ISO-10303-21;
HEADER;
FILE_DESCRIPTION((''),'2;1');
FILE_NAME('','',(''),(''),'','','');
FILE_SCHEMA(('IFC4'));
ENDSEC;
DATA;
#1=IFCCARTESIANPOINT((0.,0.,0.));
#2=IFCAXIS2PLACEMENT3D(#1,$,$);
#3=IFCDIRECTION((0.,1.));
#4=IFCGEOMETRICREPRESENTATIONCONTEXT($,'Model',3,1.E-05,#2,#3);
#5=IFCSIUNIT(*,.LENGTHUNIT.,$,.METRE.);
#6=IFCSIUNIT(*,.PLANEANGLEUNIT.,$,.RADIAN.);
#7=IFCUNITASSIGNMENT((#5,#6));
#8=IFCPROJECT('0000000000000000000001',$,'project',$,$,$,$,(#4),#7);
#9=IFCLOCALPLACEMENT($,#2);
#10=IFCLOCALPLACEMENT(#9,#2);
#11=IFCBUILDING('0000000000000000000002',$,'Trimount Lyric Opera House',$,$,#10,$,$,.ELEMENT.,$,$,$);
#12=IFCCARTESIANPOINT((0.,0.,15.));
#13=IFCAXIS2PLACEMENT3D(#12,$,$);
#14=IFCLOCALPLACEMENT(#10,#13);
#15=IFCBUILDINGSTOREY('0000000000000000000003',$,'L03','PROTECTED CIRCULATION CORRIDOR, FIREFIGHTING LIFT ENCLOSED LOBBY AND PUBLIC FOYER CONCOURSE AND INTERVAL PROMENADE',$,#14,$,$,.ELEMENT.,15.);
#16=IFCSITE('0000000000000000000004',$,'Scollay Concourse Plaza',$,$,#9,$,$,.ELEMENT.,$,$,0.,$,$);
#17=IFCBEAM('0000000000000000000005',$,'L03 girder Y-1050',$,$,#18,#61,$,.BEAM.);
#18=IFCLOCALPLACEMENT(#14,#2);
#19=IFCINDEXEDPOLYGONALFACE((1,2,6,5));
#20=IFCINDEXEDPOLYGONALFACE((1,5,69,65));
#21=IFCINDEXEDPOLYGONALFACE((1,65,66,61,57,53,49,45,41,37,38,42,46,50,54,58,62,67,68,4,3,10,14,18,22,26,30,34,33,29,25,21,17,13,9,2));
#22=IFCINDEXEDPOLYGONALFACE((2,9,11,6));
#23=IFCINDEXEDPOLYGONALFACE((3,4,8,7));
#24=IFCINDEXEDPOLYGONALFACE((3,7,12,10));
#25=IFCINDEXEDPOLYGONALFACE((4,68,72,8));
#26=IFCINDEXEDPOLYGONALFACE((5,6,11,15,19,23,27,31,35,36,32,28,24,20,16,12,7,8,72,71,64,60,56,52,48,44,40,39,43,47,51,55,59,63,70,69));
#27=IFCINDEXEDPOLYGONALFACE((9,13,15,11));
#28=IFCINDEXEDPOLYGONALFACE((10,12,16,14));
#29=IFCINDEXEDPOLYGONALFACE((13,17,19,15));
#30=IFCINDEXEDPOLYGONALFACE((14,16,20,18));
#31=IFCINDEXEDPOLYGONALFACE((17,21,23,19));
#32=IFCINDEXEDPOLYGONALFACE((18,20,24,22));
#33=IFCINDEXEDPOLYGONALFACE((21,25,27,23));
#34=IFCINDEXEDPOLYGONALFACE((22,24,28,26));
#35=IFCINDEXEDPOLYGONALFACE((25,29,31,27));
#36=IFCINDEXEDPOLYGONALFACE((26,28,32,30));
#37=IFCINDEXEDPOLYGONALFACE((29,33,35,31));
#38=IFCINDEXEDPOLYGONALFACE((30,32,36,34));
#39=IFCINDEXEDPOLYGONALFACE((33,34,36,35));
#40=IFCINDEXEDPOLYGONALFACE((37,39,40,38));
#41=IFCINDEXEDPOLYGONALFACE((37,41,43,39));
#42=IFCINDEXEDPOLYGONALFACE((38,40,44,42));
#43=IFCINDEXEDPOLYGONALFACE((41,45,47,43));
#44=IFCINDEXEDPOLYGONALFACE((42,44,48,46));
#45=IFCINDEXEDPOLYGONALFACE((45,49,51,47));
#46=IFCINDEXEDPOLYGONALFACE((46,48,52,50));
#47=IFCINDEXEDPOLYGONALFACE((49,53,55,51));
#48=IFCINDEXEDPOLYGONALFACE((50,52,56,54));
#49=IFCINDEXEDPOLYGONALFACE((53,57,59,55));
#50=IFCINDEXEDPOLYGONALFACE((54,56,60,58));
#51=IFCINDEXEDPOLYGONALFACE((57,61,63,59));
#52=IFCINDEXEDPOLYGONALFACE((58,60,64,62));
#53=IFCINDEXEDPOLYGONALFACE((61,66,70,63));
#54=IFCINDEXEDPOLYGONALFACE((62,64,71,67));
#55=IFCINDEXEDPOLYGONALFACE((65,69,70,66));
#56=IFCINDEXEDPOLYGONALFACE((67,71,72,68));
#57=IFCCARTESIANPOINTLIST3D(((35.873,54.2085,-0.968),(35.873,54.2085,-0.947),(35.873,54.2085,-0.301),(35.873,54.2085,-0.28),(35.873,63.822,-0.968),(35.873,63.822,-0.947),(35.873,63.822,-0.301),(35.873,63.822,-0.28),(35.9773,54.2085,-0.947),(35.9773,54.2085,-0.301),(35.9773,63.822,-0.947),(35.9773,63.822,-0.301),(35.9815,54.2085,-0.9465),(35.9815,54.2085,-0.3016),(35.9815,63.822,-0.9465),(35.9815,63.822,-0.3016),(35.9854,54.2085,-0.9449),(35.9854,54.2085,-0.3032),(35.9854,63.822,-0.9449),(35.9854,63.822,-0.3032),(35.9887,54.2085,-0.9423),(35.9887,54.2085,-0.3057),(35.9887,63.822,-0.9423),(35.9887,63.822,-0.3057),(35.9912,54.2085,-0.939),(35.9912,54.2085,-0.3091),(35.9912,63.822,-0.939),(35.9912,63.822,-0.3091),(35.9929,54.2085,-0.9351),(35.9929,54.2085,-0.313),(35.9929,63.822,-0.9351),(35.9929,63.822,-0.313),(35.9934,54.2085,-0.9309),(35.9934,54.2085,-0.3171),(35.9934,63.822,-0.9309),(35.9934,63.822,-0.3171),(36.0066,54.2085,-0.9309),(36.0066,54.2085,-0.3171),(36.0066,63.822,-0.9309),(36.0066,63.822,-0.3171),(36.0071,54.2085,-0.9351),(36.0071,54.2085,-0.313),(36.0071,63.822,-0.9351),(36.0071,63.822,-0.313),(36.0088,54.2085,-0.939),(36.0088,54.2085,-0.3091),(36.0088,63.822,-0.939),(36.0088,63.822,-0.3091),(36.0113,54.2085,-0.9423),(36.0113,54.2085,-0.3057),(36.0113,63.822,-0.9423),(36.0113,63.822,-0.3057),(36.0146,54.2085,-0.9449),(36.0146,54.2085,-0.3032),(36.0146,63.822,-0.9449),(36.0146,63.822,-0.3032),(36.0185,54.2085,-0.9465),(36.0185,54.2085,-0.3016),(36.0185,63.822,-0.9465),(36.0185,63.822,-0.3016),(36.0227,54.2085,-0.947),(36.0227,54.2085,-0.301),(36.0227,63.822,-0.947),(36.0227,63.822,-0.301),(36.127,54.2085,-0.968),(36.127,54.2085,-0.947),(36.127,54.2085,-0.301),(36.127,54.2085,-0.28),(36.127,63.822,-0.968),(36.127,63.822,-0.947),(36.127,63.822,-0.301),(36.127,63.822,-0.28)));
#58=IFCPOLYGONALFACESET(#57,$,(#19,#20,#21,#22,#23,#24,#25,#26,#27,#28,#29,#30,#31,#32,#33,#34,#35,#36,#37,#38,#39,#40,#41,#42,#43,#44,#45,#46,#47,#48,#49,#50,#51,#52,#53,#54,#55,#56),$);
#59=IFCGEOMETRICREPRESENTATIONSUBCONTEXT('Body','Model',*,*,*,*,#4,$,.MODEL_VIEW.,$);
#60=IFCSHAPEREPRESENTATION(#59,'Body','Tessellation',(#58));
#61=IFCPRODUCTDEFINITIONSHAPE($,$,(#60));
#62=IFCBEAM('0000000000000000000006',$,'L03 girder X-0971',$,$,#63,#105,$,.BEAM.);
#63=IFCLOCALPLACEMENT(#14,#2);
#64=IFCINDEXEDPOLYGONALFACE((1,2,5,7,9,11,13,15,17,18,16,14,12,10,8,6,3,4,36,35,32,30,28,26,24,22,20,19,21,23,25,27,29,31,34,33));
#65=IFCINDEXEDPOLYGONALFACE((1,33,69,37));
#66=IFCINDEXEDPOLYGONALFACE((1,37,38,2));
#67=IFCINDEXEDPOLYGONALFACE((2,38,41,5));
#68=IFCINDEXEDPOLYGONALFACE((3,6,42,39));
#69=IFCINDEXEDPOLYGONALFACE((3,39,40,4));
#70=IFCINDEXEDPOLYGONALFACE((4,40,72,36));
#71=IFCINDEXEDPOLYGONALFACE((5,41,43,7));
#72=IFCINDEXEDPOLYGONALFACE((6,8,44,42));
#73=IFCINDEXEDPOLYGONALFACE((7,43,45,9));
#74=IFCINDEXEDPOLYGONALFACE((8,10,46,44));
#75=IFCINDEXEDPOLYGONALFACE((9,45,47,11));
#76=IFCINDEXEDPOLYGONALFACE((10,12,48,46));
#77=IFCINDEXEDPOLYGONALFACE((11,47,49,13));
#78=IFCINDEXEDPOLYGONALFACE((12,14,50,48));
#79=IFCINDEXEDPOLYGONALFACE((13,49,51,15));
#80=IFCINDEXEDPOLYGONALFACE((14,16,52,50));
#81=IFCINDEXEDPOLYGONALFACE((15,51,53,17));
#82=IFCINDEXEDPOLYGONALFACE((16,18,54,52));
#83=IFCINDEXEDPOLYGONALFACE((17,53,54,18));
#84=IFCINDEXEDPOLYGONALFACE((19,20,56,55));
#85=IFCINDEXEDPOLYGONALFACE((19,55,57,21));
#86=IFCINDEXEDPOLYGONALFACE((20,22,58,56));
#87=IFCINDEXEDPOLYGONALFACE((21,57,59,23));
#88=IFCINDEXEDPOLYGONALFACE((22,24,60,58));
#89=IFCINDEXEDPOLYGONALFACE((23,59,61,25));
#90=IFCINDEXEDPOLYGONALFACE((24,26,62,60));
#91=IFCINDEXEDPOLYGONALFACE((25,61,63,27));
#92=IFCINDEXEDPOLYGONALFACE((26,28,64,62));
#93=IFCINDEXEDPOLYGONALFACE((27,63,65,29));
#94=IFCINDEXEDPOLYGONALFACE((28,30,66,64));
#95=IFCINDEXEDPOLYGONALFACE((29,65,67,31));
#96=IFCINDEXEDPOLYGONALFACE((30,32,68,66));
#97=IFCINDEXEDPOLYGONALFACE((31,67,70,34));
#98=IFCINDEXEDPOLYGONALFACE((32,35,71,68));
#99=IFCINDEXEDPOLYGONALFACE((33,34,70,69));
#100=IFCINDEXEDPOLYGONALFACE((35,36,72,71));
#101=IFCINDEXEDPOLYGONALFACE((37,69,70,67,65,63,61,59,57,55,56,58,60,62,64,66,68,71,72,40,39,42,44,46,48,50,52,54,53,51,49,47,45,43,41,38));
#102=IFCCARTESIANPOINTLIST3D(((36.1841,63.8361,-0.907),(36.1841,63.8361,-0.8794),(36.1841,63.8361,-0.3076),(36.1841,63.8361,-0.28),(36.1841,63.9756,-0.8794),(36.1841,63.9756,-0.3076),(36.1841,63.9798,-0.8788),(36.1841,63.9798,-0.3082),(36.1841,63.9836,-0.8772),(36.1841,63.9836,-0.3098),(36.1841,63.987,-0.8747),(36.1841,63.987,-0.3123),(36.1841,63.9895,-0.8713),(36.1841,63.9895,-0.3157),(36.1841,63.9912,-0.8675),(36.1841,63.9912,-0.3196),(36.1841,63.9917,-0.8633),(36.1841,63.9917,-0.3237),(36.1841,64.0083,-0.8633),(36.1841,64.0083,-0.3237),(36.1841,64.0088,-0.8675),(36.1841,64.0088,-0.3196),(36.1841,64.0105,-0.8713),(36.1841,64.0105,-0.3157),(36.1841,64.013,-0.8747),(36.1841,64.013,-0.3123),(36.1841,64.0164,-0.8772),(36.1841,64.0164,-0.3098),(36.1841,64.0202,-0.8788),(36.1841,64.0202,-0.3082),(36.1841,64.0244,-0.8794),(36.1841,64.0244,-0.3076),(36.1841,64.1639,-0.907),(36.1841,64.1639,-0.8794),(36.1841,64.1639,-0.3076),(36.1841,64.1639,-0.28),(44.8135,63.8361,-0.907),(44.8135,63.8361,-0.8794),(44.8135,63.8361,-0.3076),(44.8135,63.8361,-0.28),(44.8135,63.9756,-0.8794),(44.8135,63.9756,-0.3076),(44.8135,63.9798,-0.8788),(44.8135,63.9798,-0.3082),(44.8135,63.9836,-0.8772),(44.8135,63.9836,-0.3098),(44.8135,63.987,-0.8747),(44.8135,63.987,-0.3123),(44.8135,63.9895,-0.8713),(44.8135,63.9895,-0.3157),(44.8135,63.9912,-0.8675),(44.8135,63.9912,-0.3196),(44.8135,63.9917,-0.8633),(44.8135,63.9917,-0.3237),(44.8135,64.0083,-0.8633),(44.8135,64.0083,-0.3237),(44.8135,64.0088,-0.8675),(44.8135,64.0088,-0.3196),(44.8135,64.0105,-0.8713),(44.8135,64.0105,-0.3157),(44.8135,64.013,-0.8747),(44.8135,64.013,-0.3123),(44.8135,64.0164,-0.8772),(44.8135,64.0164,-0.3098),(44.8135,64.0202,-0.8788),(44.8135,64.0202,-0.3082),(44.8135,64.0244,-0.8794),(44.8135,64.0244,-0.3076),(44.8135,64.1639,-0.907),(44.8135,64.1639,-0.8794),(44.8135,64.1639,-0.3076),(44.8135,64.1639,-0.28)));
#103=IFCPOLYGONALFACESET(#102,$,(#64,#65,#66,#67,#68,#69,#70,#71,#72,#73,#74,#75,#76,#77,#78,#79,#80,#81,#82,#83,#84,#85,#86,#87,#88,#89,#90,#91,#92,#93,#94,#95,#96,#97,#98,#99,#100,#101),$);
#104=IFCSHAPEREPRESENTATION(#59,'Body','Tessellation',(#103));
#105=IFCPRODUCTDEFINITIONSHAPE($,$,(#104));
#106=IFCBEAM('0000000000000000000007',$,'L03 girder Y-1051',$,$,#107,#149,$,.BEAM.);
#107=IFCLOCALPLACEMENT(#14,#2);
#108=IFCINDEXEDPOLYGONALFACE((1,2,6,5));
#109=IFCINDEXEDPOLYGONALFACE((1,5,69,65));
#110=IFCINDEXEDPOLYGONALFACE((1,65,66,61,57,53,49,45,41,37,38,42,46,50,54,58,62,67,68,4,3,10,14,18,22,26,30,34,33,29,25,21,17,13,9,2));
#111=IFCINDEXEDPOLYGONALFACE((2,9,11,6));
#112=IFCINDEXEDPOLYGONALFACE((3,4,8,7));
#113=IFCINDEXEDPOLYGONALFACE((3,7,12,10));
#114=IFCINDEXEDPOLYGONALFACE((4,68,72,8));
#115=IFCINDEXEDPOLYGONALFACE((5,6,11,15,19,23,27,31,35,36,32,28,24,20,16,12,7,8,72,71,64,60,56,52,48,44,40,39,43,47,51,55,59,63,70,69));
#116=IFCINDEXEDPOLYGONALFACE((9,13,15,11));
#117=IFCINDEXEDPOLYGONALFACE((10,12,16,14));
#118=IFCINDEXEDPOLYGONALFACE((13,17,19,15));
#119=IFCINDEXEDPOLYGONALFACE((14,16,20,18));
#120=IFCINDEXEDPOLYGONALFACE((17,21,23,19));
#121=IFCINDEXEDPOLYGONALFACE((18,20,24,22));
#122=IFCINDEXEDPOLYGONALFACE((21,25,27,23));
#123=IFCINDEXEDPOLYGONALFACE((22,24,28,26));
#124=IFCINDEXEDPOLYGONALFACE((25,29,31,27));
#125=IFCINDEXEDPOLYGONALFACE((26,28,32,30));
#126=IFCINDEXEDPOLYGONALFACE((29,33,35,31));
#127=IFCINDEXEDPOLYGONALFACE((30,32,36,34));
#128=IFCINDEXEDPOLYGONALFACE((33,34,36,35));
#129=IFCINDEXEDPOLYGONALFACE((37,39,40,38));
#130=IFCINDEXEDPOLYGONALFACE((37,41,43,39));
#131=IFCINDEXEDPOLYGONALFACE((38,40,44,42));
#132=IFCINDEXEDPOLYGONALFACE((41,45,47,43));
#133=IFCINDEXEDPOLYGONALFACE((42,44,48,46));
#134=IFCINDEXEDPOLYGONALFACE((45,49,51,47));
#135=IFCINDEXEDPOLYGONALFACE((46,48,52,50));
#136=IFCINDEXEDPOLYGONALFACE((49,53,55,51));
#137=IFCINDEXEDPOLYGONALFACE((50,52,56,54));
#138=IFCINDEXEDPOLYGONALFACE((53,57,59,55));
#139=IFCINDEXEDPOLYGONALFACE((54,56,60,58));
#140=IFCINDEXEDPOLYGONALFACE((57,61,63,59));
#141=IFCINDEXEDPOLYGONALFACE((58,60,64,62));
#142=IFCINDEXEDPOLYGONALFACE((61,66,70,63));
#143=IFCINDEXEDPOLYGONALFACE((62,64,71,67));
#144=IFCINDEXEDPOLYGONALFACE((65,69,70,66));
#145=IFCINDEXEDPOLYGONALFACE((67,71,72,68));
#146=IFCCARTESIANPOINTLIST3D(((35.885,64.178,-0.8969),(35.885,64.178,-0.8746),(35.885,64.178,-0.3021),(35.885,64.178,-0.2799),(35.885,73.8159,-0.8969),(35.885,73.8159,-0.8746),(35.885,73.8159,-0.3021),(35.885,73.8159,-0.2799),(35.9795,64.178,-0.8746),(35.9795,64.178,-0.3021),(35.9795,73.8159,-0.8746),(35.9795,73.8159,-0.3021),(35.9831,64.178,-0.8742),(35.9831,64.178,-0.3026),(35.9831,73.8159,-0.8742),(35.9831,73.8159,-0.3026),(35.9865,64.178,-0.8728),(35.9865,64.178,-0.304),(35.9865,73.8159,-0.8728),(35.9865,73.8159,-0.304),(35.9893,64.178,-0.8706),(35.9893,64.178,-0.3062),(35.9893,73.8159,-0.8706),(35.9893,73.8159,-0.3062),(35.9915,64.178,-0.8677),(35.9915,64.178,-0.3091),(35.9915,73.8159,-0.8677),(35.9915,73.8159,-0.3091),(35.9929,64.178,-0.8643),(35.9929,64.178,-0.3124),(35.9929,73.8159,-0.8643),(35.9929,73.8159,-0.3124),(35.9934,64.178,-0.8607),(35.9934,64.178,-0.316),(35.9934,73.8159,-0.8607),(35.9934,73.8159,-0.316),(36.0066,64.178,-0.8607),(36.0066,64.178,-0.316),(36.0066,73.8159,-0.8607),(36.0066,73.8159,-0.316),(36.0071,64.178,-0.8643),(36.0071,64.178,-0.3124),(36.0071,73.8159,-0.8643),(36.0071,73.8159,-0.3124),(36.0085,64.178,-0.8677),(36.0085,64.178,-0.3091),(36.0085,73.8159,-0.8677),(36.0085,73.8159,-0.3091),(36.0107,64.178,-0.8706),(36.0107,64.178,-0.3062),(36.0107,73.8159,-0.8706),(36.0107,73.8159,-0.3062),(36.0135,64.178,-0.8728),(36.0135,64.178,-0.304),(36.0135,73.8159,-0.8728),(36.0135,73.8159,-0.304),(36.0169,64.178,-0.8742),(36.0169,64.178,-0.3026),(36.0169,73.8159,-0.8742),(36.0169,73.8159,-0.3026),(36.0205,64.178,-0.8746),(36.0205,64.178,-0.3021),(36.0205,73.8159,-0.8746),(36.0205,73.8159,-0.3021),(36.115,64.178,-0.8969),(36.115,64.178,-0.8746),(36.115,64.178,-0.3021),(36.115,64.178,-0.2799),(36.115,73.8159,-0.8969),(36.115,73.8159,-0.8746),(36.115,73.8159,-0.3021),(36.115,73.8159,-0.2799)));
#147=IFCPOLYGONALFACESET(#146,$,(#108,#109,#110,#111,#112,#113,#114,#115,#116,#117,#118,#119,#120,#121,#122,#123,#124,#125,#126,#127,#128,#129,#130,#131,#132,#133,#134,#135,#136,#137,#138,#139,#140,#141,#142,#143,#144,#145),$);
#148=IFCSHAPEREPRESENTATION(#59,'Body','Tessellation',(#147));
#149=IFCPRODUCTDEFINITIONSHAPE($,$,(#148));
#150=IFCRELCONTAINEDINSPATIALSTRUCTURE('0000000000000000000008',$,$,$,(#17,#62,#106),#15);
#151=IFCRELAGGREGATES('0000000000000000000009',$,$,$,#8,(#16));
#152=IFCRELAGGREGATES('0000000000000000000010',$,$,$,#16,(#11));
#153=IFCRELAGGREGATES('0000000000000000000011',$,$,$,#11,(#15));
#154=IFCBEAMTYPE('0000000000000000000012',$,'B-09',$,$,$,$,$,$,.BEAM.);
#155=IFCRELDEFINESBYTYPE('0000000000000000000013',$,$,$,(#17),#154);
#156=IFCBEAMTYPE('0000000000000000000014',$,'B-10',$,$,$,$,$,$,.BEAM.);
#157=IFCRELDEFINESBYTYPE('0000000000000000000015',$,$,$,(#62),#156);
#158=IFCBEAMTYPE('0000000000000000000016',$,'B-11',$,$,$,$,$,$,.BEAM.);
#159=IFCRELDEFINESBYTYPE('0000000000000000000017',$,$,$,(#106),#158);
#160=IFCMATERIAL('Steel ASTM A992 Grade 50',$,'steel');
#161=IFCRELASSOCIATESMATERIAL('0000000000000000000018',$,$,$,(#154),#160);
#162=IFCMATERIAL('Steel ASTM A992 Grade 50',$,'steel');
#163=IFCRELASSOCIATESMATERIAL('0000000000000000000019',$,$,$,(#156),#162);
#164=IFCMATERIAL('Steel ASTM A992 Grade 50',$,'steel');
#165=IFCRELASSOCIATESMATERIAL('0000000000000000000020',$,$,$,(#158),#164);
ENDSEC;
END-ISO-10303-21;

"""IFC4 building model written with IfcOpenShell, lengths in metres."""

from ifc_helpers import new_model, si_unit, direction, frame, origin, origin_2d, place, context, subcontext, project, spatial, i_section, extrude, material, material_profile, profile_set, type_object, element, save


model = new_model("IFC4")

# Units and contexts
model_context = context("Model", 3, precision=1e-05, world=origin(), true_north=direction((0.0, 1.0)))
body_context = subcontext(model_context, "Body", "Model", "MODEL_VIEW")
ifc_project = project(units=[si_unit("LENGTHUNIT", "METRE"), si_unit("PLANEANGLEUNIT", "RADIAN")], contexts=[model_context])

# Site, building, storey
site_placement = place(None, origin())
site = spatial("IfcSite", under=ifc_project, at=site_placement, Name="Scollay Concourse Plaza", CompositionType="ELEMENT", RefElevation=0.0)
building_placement = place(site_placement, origin())
building = spatial("IfcBuilding", under=site, at=building_placement, Name="Trimount Lyric Opera House", CompositionType="ELEMENT")
storey_placement = place(building_placement, frame((0.0, 0.0, 15.0)))
storey = spatial("IfcBuildingStorey", under=building, at=storey_placement, Name="L03", Description="PROTECTED CIRCULATION CORRIDOR, FIREFIGHTING LIFT ENCLOSED LOBBY AND PUBLIC FOYER CONCOURSE AND INTERVAL PROMENADE", CompositionType="ELEMENT", Elevation=15.0)

# Beams
ifc_material_1 = material(Name="Steel ASTM A992 Grade 50", Category="steel")
ifc_material_profile_1 = material_profile(ifc_material_1, i_section(OverallWidth=0.2539, OverallDepth=0.688, WebThickness=0.0132, FlangeThickness=0.021, FilletRadius=0.0161, at=origin_2d()), Name="W27X102")
ifc_profile_set_1 = profile_set([ifc_material_profile_1], Name="Steel ASTM A992 Grade 50")
beam_type_1 = type_object("IfcBeamType", Name="B-09", PredefinedType="BEAM", material=ifc_profile_set_1)
beam_1_placement = place(storey_placement, frame((36.0, 54.2085, -0.624), z_axis=(0.0, 1.0, 0.0), x_axis=(-1.0, 0.0, 0.0)))
element("IfcBeam", 1, at=beam_1_placement, inside=storey, type_object=beam_type_1, Name="L03 girder Y-1050", PredefinedType="BEAM", context=body_context, shape_type="SweptSolid", body=[
    extrude(i_section(OverallWidth=0.2539, OverallDepth=0.688, WebThickness=0.0132, FlangeThickness=0.021, FilletRadius=0.0161, at=origin_2d()), origin(), (0.0, 0.0, 1.0), 9.6135),
])
ifc_material_2 = material(Name="Steel ASTM A992 Grade 50", Category="steel")
ifc_material_profile_2 = material_profile(ifc_material_2, i_section(OverallWidth=0.3279, OverallDepth=0.627, WebThickness=0.0166, FlangeThickness=0.0276, FilletRadius=0.0161, at=origin_2d()), Name="W24X146")
ifc_profile_set_2 = profile_set([ifc_material_profile_2], Name="Steel ASTM A992 Grade 50")
beam_type_2 = type_object("IfcBeamType", Name="B-10", PredefinedType="BEAM", material=ifc_profile_set_2)
beam_2_placement = place(storey_placement, frame((36.1841, 64.0, -0.5935), z_axis=(1.0, 0.0, 0.0), x_axis=(0.0, 1.0, 0.0)))
element("IfcBeam", 2, at=beam_2_placement, inside=storey, type_object=beam_type_2, Name="L03 girder X-0971", PredefinedType="BEAM", context=body_context, shape_type="SweptSolid", body=[
    extrude(i_section(OverallWidth=0.3279, OverallDepth=0.627, WebThickness=0.0166, FlangeThickness=0.0276, FilletRadius=0.0161, at=origin_2d()), origin(), (0.0, 0.0, 1.0), 8.6294),
])
ifc_material_3 = material(Name="Steel ASTM A992 Grade 50", Category="steel")
ifc_material_profile_3 = material_profile(ifc_material_3, i_section(OverallWidth=0.23, OverallDepth=0.6169, WebThickness=0.0132, FlangeThickness=0.0222, FilletRadius=0.0139, at=origin_2d()), Name="W24X94")
ifc_profile_set_3 = profile_set([ifc_material_profile_3], Name="Steel ASTM A992 Grade 50")
beam_type_3 = type_object("IfcBeamType", Name="B-11", PredefinedType="BEAM", material=ifc_profile_set_3)
beam_3_placement = place(storey_placement, frame((36.0, 64.178, -0.5884), z_axis=(0.0, 1.0, 0.0), x_axis=(-1.0, 0.0, 0.0)))
element("IfcBeam", 3, at=beam_3_placement, inside=storey, type_object=beam_type_3, Name="L03 girder Y-1051", PredefinedType="BEAM", context=body_context, shape_type="SweptSolid", body=[
    extrude(i_section(OverallWidth=0.23, OverallDepth=0.6169, WebThickness=0.0132, FlangeThickness=0.0222, FilletRadius=0.0139, at=origin_2d()), origin(), (0.0, 0.0, 1.0), 9.6379),
])

save(model, "model.ifc")
